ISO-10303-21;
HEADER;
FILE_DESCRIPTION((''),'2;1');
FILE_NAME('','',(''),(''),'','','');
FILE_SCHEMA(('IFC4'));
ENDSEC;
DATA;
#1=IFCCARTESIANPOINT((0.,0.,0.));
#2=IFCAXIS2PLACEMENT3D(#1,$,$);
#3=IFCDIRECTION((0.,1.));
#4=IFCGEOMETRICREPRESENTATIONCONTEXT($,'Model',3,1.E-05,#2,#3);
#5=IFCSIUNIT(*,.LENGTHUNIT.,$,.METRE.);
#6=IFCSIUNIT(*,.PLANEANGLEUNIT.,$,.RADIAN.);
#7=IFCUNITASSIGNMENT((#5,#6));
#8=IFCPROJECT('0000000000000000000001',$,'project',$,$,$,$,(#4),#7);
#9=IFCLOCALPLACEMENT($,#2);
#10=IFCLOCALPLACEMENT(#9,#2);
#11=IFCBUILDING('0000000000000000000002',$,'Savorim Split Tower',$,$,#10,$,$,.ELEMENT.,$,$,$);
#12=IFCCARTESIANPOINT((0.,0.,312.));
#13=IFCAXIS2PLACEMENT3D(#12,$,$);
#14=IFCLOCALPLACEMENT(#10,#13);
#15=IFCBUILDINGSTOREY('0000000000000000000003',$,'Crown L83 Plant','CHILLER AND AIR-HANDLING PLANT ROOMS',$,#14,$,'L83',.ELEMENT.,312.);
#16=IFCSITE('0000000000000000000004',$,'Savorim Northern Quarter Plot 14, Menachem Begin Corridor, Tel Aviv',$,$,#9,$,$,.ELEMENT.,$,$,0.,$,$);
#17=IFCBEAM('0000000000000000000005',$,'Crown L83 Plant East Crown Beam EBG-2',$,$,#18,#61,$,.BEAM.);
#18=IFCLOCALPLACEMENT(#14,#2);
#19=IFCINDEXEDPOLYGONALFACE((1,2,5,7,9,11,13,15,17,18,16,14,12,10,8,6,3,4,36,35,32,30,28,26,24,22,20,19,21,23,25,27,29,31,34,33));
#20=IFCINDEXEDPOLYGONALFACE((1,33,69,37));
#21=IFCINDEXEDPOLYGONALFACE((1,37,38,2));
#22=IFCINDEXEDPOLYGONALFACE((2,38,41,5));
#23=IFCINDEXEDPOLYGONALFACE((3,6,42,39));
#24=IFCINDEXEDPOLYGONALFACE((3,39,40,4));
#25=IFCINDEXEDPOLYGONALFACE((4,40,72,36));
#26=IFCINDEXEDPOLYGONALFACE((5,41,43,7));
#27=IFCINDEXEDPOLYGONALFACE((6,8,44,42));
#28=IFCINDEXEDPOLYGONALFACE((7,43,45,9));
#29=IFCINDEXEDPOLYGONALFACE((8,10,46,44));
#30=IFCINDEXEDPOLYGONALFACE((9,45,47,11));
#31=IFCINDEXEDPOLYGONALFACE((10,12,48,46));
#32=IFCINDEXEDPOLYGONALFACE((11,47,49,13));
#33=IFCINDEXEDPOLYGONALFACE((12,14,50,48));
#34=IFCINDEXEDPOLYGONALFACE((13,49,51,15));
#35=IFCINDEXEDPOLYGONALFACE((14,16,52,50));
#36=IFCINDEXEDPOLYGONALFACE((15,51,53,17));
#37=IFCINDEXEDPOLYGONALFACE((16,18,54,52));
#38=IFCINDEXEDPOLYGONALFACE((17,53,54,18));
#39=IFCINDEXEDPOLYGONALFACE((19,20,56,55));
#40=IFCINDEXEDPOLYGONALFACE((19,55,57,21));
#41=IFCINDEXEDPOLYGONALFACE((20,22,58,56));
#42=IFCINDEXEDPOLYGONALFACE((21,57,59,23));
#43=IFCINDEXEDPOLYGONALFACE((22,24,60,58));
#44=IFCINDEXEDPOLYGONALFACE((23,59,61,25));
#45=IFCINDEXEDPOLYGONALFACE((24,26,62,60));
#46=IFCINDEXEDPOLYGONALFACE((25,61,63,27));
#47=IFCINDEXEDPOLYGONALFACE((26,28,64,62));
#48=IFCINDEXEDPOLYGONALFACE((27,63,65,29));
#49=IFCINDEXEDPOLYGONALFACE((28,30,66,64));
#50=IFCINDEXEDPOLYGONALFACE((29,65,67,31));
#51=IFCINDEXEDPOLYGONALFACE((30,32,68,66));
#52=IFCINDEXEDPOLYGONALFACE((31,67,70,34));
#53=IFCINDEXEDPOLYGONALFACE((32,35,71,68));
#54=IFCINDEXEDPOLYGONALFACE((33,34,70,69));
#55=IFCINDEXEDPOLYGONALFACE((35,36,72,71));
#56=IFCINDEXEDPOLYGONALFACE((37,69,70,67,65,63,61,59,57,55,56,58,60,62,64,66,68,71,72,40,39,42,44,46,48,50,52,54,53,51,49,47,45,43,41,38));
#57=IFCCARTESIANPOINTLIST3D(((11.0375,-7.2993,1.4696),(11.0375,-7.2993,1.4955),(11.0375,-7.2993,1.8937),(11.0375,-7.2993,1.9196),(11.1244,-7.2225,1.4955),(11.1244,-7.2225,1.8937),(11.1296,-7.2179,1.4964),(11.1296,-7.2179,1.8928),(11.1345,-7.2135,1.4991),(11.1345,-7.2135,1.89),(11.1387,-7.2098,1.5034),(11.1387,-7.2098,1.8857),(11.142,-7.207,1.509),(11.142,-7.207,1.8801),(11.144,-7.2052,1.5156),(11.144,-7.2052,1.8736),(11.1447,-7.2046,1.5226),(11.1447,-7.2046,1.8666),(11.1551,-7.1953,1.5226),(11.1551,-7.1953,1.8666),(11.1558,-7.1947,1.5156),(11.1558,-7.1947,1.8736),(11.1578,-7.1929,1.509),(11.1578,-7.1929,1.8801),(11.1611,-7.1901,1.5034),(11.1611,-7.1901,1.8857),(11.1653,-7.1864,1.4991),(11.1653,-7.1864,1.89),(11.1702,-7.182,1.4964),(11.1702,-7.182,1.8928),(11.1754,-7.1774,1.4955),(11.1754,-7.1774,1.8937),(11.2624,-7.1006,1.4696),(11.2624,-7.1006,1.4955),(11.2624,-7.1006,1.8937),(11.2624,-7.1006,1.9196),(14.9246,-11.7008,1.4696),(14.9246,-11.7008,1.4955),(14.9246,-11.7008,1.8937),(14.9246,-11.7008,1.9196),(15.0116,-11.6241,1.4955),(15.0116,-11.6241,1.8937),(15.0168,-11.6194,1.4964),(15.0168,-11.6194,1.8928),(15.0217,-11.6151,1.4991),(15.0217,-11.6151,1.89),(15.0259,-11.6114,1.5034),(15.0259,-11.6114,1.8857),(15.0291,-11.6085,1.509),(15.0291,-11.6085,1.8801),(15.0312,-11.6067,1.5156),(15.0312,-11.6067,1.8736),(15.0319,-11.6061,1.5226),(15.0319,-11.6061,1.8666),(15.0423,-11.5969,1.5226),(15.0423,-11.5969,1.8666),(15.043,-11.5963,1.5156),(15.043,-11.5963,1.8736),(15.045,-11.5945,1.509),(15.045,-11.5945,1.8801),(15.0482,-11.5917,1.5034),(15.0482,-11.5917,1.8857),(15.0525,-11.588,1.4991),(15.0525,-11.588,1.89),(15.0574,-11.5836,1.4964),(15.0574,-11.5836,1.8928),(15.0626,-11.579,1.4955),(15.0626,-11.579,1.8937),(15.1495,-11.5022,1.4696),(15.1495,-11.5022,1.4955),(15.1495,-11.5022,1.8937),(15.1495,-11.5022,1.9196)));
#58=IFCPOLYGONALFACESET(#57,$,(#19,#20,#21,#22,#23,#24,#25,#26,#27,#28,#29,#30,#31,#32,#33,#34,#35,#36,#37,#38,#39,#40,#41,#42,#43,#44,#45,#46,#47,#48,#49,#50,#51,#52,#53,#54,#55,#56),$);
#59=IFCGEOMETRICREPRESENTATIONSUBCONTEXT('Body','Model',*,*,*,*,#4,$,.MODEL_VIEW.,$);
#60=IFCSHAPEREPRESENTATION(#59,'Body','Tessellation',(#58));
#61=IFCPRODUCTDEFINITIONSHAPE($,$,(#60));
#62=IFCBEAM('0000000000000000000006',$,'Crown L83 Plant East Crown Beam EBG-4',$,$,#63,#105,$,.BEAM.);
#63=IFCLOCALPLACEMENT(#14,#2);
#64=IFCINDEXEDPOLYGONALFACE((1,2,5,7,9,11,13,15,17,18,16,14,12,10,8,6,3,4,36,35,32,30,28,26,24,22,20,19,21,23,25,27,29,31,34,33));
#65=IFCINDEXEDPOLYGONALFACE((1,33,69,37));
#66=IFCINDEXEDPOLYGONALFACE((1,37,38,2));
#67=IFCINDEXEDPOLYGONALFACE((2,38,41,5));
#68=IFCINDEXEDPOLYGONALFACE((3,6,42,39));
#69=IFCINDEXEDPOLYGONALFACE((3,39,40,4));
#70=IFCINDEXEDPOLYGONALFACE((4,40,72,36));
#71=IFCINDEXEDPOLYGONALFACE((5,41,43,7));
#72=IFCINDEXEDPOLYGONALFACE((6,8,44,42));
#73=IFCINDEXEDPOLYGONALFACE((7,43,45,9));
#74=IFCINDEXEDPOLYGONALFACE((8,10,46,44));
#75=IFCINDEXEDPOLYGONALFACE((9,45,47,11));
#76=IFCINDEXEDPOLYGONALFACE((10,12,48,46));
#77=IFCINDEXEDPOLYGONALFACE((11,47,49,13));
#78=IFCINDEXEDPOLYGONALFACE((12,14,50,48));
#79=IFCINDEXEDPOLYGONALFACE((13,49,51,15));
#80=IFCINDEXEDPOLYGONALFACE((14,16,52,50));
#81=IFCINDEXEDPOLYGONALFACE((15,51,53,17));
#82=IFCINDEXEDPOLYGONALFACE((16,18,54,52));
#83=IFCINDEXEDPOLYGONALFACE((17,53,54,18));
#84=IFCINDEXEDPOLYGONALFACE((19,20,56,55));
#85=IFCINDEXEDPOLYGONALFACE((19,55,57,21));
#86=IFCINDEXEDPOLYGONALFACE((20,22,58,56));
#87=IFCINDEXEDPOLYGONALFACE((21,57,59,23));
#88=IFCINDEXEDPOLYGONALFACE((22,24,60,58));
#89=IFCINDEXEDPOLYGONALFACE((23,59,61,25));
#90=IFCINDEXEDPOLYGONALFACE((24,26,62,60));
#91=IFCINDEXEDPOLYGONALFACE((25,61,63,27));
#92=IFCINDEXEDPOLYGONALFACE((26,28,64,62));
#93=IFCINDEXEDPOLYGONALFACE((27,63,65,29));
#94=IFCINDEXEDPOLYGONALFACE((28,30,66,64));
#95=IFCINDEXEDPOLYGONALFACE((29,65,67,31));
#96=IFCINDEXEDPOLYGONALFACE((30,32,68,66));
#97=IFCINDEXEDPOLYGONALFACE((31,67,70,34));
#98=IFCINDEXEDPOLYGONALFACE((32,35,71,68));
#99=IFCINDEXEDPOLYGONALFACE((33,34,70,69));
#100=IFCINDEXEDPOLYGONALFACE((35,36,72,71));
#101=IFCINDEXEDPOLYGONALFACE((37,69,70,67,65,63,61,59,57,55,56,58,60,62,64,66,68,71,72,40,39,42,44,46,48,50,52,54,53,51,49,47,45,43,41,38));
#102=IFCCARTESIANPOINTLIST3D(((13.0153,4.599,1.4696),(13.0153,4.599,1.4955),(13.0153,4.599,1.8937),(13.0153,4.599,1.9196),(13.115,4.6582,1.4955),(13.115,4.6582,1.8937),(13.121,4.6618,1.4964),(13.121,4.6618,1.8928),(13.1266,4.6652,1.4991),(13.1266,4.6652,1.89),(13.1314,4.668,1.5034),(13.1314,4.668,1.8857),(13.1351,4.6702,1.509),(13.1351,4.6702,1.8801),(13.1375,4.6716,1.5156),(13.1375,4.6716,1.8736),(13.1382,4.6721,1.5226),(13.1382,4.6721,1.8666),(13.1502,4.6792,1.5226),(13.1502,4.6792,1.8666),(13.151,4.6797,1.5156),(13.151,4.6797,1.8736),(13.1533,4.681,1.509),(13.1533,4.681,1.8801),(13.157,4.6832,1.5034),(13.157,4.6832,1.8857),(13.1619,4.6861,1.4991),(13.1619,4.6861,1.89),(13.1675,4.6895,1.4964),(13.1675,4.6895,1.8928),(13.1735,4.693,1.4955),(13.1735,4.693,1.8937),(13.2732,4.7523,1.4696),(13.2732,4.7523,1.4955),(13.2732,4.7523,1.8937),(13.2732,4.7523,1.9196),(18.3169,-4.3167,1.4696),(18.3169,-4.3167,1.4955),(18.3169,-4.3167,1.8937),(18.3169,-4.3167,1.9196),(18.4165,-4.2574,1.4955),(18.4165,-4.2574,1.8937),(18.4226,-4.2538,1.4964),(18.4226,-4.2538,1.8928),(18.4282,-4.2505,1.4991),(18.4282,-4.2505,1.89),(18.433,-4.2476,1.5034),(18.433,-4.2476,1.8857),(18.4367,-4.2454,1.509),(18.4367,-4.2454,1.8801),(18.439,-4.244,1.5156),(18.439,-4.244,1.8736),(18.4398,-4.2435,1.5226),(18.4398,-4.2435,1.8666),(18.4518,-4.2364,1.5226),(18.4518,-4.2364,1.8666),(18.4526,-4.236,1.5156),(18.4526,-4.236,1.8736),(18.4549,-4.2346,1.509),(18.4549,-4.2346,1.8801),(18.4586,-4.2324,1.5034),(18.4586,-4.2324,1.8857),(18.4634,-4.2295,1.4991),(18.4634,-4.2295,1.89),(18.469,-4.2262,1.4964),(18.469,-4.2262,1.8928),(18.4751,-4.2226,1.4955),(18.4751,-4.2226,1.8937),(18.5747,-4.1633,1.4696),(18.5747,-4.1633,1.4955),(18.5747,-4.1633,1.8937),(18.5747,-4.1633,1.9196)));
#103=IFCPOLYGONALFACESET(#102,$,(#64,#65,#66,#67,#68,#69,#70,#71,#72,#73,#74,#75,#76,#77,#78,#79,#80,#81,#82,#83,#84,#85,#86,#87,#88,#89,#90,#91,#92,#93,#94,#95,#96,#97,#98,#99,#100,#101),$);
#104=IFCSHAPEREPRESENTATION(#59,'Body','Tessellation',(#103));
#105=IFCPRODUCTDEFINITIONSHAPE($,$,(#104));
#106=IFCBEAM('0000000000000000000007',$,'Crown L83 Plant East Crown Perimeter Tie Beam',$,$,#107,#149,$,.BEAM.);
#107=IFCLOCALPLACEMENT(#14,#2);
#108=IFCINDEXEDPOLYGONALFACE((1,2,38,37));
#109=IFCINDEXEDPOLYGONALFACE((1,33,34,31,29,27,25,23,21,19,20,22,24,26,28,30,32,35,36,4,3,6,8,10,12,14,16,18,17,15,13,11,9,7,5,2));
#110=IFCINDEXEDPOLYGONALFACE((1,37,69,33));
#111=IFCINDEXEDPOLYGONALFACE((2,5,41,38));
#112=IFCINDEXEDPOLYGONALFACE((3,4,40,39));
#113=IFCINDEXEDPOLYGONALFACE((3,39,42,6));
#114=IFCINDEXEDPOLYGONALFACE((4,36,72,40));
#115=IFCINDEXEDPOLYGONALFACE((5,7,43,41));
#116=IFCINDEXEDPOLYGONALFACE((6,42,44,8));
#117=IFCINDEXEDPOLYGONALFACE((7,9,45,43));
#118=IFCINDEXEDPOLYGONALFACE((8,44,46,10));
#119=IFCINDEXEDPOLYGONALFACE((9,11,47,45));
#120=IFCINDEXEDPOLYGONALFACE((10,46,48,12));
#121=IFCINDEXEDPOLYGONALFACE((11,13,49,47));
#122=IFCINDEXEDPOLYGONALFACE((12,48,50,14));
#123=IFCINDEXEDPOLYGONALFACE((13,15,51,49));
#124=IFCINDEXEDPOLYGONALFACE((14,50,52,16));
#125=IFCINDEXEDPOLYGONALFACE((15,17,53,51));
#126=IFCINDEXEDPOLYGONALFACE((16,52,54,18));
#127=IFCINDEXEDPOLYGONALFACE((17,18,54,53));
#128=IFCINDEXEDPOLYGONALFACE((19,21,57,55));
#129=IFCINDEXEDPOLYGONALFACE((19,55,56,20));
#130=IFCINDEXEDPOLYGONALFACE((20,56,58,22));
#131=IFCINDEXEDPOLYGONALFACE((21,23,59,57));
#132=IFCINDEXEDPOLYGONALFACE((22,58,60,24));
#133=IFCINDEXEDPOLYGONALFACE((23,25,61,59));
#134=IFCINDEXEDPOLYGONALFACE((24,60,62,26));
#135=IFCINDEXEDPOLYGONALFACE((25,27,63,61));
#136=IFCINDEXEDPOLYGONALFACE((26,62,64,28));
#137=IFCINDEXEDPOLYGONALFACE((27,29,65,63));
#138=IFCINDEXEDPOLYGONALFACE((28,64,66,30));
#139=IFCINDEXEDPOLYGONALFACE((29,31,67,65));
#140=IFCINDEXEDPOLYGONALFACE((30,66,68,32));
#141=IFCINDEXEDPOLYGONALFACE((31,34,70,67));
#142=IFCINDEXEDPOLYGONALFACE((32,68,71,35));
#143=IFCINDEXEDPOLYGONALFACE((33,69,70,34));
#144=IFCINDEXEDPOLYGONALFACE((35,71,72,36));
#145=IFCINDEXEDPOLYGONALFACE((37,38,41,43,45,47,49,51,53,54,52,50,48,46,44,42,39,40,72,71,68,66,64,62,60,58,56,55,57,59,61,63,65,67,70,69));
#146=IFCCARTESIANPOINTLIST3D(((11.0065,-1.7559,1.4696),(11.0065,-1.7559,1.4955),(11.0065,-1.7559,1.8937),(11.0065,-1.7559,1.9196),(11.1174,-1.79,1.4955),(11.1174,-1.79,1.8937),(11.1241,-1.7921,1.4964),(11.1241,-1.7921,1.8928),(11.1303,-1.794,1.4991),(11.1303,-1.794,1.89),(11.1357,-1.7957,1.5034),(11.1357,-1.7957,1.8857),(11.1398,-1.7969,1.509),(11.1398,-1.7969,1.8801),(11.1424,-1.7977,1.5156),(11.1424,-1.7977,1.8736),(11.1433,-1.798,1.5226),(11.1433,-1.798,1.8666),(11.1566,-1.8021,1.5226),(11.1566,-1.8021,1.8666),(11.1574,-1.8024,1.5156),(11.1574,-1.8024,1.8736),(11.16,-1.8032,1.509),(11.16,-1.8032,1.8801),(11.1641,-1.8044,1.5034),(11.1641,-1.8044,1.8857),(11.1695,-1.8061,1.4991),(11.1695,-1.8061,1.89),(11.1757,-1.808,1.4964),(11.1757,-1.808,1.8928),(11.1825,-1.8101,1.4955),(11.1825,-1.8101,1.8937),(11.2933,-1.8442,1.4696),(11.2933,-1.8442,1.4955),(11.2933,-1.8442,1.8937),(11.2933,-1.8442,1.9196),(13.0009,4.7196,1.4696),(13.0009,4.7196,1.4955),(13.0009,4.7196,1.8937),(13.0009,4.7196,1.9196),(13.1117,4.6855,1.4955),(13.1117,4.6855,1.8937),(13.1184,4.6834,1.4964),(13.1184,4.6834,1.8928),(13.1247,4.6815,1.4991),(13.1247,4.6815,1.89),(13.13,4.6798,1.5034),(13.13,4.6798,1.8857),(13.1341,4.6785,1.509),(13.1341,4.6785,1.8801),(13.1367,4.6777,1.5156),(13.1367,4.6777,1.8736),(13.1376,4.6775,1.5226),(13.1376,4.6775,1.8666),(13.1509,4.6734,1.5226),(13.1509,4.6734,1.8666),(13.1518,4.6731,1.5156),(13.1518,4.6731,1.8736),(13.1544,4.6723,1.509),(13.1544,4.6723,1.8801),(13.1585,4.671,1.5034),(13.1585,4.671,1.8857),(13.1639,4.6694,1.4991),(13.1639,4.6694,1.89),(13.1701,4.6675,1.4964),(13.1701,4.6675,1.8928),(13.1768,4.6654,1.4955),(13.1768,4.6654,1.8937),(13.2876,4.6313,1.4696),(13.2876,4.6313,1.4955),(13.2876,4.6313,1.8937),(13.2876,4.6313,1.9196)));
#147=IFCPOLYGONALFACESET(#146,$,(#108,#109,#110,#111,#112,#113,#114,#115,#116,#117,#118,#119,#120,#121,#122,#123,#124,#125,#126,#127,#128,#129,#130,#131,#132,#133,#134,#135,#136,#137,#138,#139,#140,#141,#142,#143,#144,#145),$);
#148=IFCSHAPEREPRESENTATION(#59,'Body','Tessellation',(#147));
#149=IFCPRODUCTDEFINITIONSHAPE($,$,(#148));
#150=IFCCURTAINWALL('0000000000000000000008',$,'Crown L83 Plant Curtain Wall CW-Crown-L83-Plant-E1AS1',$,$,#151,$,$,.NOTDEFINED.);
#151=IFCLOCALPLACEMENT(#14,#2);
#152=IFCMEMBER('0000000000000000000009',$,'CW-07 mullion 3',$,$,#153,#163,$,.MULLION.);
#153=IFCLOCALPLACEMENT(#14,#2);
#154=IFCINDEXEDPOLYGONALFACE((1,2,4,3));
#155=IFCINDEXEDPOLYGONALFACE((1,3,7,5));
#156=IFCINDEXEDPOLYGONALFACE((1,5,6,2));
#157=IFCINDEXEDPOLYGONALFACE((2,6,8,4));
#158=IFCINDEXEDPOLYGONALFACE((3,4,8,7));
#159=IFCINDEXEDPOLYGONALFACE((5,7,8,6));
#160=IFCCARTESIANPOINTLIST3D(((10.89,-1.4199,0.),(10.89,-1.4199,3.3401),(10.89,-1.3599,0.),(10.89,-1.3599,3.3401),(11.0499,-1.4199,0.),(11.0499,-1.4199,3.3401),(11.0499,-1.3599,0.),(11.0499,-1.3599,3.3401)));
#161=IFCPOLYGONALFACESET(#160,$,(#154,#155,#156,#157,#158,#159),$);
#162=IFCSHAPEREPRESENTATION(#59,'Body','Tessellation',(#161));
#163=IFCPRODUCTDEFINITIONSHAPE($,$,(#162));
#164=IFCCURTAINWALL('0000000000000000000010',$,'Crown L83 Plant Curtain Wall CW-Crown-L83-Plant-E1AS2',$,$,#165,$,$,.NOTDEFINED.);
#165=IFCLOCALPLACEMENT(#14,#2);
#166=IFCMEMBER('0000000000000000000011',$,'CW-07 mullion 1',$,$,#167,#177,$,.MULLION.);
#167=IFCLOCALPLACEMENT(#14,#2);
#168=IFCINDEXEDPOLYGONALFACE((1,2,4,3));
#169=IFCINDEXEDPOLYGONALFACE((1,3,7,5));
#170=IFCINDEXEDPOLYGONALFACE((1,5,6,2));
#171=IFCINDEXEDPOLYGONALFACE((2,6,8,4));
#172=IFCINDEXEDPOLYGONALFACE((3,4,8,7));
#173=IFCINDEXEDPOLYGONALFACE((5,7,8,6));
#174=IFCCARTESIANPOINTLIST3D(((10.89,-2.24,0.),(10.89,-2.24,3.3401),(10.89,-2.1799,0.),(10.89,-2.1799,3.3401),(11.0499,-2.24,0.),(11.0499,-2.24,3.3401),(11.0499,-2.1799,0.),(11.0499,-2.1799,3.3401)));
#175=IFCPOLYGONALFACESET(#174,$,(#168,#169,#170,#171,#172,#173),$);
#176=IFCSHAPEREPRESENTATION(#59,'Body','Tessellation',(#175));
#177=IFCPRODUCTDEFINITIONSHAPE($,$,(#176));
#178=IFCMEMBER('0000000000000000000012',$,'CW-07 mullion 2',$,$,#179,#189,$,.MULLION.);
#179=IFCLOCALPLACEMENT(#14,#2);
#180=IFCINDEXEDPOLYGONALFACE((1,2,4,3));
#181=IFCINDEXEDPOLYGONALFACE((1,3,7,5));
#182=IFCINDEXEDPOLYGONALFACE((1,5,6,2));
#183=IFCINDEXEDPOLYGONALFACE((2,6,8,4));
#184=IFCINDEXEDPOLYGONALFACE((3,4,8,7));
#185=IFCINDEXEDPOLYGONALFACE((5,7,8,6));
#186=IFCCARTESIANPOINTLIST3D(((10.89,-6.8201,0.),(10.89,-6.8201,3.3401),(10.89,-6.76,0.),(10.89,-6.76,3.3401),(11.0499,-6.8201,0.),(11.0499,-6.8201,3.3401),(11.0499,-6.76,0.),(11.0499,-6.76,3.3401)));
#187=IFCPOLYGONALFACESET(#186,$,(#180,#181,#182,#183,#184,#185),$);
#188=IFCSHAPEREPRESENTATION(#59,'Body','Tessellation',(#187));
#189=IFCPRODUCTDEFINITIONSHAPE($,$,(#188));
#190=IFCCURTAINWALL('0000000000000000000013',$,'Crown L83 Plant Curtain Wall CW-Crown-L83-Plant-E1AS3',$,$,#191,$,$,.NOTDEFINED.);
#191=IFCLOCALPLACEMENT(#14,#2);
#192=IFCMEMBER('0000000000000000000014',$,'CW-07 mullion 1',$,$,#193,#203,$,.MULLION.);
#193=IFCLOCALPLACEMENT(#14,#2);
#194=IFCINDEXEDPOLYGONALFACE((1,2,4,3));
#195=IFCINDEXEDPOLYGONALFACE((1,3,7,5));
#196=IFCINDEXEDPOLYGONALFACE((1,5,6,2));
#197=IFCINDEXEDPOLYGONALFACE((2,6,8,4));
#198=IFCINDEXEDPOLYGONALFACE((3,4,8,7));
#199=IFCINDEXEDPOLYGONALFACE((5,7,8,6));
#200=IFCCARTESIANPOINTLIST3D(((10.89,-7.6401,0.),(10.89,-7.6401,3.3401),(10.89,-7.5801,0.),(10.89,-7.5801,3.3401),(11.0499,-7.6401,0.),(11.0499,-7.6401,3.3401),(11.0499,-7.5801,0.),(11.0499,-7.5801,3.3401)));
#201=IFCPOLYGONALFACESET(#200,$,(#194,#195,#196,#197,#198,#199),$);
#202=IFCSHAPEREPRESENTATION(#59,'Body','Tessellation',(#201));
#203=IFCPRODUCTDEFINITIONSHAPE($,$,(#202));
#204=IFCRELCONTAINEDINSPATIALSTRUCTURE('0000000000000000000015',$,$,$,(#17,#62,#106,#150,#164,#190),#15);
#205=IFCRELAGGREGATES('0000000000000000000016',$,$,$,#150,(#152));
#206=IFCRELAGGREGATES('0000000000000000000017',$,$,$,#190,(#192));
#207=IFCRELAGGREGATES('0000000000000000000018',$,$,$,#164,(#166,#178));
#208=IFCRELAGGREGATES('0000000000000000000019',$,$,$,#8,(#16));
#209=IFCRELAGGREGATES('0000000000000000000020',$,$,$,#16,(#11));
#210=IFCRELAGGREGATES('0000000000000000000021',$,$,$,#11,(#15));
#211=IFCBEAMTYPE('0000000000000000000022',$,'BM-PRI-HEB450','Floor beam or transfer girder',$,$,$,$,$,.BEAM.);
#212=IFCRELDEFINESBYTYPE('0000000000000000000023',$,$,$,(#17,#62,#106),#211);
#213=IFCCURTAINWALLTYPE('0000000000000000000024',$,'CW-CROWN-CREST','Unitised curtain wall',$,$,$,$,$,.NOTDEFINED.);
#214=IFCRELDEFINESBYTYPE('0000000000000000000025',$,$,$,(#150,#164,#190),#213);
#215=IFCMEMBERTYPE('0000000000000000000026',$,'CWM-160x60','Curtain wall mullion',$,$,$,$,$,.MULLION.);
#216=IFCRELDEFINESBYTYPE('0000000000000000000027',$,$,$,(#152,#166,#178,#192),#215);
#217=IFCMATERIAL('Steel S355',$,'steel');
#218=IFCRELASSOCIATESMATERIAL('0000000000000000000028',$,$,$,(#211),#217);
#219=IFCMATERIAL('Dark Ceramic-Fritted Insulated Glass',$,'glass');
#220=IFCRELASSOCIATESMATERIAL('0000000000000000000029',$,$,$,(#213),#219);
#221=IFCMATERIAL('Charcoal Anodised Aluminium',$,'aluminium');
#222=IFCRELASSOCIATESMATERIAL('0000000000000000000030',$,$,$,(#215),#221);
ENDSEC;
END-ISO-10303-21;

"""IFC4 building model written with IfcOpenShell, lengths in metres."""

from ifc_helpers import new_model, si_unit, direction, frame, origin, origin_2d, place, context, subcontext, project, spatial, rectangle, i_section, extrude, material, material_profile, profile_set, type_object, element, aggregate, save


model = new_model("IFC4")

# Units and contexts
model_context = context("Model", 3, precision=1e-05, world=origin(), true_north=direction((0.0, 1.0)))
body_context = subcontext(model_context, "Body", "Model", "MODEL_VIEW")
ifc_project = project(units=[si_unit("LENGTHUNIT", "METRE"), si_unit("PLANEANGLEUNIT", "RADIAN")], contexts=[model_context])

# Site, building, storey
site_placement = place(None, origin())
site = spatial("IfcSite", under=ifc_project, at=site_placement, Name="Savorim Northern Quarter Plot 14, Menachem Begin Corridor, Tel Aviv", CompositionType="ELEMENT", RefElevation=0.0)
building_placement = place(site_placement, origin())
building = spatial("IfcBuilding", under=site, at=building_placement, Name="Savorim Split Tower", CompositionType="ELEMENT")
storey_placement = place(building_placement, frame((0.0, 0.0, 312.0)))
storey = spatial("IfcBuildingStorey", under=building, at=storey_placement, Name="Crown L83 Plant", Description="CHILLER AND AIR-HANDLING PLANT ROOMS", LongName="L83", CompositionType="ELEMENT", Elevation=312.0)

# Shared definitions
ifc_material_1 = material(Name="Steel S355", Category="steel")

# Beams
ifc_material_profile_1 = material_profile(ifc_material_1, i_section(OverallWidth=0.3, OverallDepth=0.45, WebThickness=0.0139, FlangeThickness=0.0259, FilletRadius=0.0271, at=origin_2d()), Name="HEB 450")
ifc_profile_set_1 = profile_set([ifc_material_profile_1], Name="Steel S355")
beam_type = type_object("IfcBeamType", Name="BM-PRI-HEB450", Description="Floor beam or transfer girder", PredefinedType="BEAM", material=ifc_profile_set_1)
beam_1_placement = place(storey_placement, frame((11.1499, -7.2, 1.6946), z_axis=(0.66195, -0.749548, 0.0), x_axis=(0.749548, 0.66195, 0.0)))
element("IfcBeam", 1, at=beam_1_placement, inside=storey, type_object=beam_type, Name="Crown L83 Plant East Crown Beam EBG-2", PredefinedType="BEAM", context=body_context, shape_type="SweptSolid", body=[
    extrude(i_section(OverallWidth=0.3, OverallDepth=0.45, WebThickness=0.0139, FlangeThickness=0.0259, FilletRadius=0.0271, at=origin_2d()), origin(), (0.0, 0.0, 1.0), 5.8723),
])
beam_2_placement = place(storey_placement, frame((18.4458, -4.24, 1.6946), z_axis=(-0.511103, 0.859519, 0.0), x_axis=(-0.859519, -0.511103, 0.0)))
element("IfcBeam", 2, at=beam_2_placement, inside=storey, type_object=beam_type, Name="Crown L83 Plant East Crown Beam EBG-4", PredefinedType="BEAM", context=body_context, shape_type="SweptSolid", body=[
    extrude(i_section(OverallWidth=0.3, OverallDepth=0.45, WebThickness=0.0139, FlangeThickness=0.0259, FilletRadius=0.0271, at=origin_2d()), origin(), (0.0, 0.0, 1.0), 10.3728),
])
beam_3_placement = place(storey_placement, frame((11.1499, -1.8, 1.6946), z_axis=(0.294342, 0.9557, 0.0), x_axis=(-0.9557, 0.294342, 0.0)))
element("IfcBeam", 3, at=beam_3_placement, inside=storey, type_object=beam_type, Name="Crown L83 Plant East Crown Perimeter Tie Beam", PredefinedType="BEAM", context=body_context, shape_type="SweptSolid", body=[
    extrude(i_section(OverallWidth=0.3, OverallDepth=0.45, WebThickness=0.0139, FlangeThickness=0.0259, FilletRadius=0.0271, at=origin_2d()), origin(), (0.0, 0.0, 1.0), 6.7756),
])

# Curtain wall, member
ifc_material_2 = material(Name="Dark Ceramic-Fritted Insulated Glass", Category="glass")
curtain_wall_type = type_object("IfcCurtainWallType", Name="CW-CROWN-CREST", Description="Unitised curtain wall", PredefinedType="NOTDEFINED", material=ifc_material_2)
curtain_wall_1_placement = place(storey_placement, origin())
curtain_wall_1 = element("IfcCurtainWall", 4, at=curtain_wall_1_placement, inside=storey, type_object=curtain_wall_type, Name="Crown L83 Plant Curtain Wall CW-Crown-L83-Plant-E1AS1", PredefinedType="NOTDEFINED")
ifc_material_3 = material(Name="Charcoal Anodised Aluminium", Category="aluminium")
ifc_material_profile_2 = material_profile(ifc_material_3, rectangle(XDim=0.1599, YDim=0.0601, at=origin_2d()), Name="ALU-M 160x60")
ifc_profile_set_2 = profile_set([ifc_material_profile_2], Name="Charcoal Anodised Aluminium")
member_type_1 = type_object("IfcMemberType", Name="CWM-160x60", Description="Curtain wall mullion", PredefinedType="MULLION", material=ifc_profile_set_2)
member_1_placement = place(storey_placement, frame((10.97, -1.3899, 0.0), z_axis=(0.0, 0.0, 1.0), x_axis=(1.0, 0.0, 0.0)))
member_1 = element("IfcMember", 5, at=member_1_placement, type_object=member_type_1, Name="CW-07 mullion 3", PredefinedType="MULLION", context=body_context, shape_type="SweptSolid", body=[
    extrude(rectangle(XDim=0.1599, YDim=0.0601, at=origin_2d()), origin(), (0.0, 0.0, 1.0), 3.3401),
])
aggregate(curtain_wall_1, [member_1])

# Curtain wall, members
curtain_wall_2_placement = place(storey_placement, origin())
curtain_wall_2 = element("IfcCurtainWall", 6, at=curtain_wall_2_placement, inside=storey, type_object=curtain_wall_type, Name="Crown L83 Plant Curtain Wall CW-Crown-L83-Plant-E1AS2", PredefinedType="NOTDEFINED")
member_2_placement = place(storey_placement, frame((10.97, -2.21, 0.0), z_axis=(0.0, 0.0, 1.0), x_axis=(1.0, 0.0, 0.0)))
member_2 = element("IfcMember", 7, at=member_2_placement, type_object=member_type_1, Name="CW-07 mullion 1", PredefinedType="MULLION", context=body_context, shape_type="SweptSolid", body=[
    extrude(rectangle(XDim=0.1599, YDim=0.0601, at=origin_2d()), origin(), (0.0, 0.0, 1.0), 3.3401),
])
member_3_placement = place(storey_placement, frame((10.97, -6.79, 0.0), z_axis=(0.0, 0.0, 1.0), x_axis=(1.0, 0.0, 0.0)))
member_3 = element("IfcMember", 8, at=member_3_placement, type_object=member_type_1, Name="CW-07 mullion 2", PredefinedType="MULLION", context=body_context, shape_type="SweptSolid", body=[
    extrude(rectangle(XDim=0.1599, YDim=0.0601, at=origin_2d()), origin(), (0.0, 0.0, 1.0), 3.3401),
])

# Curtain wall, member
curtain_wall_3_placement = place(storey_placement, origin())
curtain_wall_3 = element("IfcCurtainWall", 9, at=curtain_wall_3_placement, inside=storey, type_object=curtain_wall_type, Name="Crown L83 Plant Curtain Wall CW-Crown-L83-Plant-E1AS3", PredefinedType="NOTDEFINED")
member_4_placement = place(storey_placement, frame((10.97, -7.6101, 0.0), z_axis=(0.0, 0.0, 1.0), x_axis=(1.0, 0.0, 0.0)))
member_4 = element("IfcMember", 10, at=member_4_placement, type_object=member_type_1, Name="CW-07 mullion 1", PredefinedType="MULLION", context=body_context, shape_type="SweptSolid", body=[
    extrude(rectangle(XDim=0.1599, YDim=0.0601, at=origin_2d()), origin(), (0.0, 0.0, 1.0), 3.3401),
])
aggregate(curtain_wall_3, [member_4])

aggregate(curtain_wall_2, [member_2, member_3])

save(model, "model.ifc")
